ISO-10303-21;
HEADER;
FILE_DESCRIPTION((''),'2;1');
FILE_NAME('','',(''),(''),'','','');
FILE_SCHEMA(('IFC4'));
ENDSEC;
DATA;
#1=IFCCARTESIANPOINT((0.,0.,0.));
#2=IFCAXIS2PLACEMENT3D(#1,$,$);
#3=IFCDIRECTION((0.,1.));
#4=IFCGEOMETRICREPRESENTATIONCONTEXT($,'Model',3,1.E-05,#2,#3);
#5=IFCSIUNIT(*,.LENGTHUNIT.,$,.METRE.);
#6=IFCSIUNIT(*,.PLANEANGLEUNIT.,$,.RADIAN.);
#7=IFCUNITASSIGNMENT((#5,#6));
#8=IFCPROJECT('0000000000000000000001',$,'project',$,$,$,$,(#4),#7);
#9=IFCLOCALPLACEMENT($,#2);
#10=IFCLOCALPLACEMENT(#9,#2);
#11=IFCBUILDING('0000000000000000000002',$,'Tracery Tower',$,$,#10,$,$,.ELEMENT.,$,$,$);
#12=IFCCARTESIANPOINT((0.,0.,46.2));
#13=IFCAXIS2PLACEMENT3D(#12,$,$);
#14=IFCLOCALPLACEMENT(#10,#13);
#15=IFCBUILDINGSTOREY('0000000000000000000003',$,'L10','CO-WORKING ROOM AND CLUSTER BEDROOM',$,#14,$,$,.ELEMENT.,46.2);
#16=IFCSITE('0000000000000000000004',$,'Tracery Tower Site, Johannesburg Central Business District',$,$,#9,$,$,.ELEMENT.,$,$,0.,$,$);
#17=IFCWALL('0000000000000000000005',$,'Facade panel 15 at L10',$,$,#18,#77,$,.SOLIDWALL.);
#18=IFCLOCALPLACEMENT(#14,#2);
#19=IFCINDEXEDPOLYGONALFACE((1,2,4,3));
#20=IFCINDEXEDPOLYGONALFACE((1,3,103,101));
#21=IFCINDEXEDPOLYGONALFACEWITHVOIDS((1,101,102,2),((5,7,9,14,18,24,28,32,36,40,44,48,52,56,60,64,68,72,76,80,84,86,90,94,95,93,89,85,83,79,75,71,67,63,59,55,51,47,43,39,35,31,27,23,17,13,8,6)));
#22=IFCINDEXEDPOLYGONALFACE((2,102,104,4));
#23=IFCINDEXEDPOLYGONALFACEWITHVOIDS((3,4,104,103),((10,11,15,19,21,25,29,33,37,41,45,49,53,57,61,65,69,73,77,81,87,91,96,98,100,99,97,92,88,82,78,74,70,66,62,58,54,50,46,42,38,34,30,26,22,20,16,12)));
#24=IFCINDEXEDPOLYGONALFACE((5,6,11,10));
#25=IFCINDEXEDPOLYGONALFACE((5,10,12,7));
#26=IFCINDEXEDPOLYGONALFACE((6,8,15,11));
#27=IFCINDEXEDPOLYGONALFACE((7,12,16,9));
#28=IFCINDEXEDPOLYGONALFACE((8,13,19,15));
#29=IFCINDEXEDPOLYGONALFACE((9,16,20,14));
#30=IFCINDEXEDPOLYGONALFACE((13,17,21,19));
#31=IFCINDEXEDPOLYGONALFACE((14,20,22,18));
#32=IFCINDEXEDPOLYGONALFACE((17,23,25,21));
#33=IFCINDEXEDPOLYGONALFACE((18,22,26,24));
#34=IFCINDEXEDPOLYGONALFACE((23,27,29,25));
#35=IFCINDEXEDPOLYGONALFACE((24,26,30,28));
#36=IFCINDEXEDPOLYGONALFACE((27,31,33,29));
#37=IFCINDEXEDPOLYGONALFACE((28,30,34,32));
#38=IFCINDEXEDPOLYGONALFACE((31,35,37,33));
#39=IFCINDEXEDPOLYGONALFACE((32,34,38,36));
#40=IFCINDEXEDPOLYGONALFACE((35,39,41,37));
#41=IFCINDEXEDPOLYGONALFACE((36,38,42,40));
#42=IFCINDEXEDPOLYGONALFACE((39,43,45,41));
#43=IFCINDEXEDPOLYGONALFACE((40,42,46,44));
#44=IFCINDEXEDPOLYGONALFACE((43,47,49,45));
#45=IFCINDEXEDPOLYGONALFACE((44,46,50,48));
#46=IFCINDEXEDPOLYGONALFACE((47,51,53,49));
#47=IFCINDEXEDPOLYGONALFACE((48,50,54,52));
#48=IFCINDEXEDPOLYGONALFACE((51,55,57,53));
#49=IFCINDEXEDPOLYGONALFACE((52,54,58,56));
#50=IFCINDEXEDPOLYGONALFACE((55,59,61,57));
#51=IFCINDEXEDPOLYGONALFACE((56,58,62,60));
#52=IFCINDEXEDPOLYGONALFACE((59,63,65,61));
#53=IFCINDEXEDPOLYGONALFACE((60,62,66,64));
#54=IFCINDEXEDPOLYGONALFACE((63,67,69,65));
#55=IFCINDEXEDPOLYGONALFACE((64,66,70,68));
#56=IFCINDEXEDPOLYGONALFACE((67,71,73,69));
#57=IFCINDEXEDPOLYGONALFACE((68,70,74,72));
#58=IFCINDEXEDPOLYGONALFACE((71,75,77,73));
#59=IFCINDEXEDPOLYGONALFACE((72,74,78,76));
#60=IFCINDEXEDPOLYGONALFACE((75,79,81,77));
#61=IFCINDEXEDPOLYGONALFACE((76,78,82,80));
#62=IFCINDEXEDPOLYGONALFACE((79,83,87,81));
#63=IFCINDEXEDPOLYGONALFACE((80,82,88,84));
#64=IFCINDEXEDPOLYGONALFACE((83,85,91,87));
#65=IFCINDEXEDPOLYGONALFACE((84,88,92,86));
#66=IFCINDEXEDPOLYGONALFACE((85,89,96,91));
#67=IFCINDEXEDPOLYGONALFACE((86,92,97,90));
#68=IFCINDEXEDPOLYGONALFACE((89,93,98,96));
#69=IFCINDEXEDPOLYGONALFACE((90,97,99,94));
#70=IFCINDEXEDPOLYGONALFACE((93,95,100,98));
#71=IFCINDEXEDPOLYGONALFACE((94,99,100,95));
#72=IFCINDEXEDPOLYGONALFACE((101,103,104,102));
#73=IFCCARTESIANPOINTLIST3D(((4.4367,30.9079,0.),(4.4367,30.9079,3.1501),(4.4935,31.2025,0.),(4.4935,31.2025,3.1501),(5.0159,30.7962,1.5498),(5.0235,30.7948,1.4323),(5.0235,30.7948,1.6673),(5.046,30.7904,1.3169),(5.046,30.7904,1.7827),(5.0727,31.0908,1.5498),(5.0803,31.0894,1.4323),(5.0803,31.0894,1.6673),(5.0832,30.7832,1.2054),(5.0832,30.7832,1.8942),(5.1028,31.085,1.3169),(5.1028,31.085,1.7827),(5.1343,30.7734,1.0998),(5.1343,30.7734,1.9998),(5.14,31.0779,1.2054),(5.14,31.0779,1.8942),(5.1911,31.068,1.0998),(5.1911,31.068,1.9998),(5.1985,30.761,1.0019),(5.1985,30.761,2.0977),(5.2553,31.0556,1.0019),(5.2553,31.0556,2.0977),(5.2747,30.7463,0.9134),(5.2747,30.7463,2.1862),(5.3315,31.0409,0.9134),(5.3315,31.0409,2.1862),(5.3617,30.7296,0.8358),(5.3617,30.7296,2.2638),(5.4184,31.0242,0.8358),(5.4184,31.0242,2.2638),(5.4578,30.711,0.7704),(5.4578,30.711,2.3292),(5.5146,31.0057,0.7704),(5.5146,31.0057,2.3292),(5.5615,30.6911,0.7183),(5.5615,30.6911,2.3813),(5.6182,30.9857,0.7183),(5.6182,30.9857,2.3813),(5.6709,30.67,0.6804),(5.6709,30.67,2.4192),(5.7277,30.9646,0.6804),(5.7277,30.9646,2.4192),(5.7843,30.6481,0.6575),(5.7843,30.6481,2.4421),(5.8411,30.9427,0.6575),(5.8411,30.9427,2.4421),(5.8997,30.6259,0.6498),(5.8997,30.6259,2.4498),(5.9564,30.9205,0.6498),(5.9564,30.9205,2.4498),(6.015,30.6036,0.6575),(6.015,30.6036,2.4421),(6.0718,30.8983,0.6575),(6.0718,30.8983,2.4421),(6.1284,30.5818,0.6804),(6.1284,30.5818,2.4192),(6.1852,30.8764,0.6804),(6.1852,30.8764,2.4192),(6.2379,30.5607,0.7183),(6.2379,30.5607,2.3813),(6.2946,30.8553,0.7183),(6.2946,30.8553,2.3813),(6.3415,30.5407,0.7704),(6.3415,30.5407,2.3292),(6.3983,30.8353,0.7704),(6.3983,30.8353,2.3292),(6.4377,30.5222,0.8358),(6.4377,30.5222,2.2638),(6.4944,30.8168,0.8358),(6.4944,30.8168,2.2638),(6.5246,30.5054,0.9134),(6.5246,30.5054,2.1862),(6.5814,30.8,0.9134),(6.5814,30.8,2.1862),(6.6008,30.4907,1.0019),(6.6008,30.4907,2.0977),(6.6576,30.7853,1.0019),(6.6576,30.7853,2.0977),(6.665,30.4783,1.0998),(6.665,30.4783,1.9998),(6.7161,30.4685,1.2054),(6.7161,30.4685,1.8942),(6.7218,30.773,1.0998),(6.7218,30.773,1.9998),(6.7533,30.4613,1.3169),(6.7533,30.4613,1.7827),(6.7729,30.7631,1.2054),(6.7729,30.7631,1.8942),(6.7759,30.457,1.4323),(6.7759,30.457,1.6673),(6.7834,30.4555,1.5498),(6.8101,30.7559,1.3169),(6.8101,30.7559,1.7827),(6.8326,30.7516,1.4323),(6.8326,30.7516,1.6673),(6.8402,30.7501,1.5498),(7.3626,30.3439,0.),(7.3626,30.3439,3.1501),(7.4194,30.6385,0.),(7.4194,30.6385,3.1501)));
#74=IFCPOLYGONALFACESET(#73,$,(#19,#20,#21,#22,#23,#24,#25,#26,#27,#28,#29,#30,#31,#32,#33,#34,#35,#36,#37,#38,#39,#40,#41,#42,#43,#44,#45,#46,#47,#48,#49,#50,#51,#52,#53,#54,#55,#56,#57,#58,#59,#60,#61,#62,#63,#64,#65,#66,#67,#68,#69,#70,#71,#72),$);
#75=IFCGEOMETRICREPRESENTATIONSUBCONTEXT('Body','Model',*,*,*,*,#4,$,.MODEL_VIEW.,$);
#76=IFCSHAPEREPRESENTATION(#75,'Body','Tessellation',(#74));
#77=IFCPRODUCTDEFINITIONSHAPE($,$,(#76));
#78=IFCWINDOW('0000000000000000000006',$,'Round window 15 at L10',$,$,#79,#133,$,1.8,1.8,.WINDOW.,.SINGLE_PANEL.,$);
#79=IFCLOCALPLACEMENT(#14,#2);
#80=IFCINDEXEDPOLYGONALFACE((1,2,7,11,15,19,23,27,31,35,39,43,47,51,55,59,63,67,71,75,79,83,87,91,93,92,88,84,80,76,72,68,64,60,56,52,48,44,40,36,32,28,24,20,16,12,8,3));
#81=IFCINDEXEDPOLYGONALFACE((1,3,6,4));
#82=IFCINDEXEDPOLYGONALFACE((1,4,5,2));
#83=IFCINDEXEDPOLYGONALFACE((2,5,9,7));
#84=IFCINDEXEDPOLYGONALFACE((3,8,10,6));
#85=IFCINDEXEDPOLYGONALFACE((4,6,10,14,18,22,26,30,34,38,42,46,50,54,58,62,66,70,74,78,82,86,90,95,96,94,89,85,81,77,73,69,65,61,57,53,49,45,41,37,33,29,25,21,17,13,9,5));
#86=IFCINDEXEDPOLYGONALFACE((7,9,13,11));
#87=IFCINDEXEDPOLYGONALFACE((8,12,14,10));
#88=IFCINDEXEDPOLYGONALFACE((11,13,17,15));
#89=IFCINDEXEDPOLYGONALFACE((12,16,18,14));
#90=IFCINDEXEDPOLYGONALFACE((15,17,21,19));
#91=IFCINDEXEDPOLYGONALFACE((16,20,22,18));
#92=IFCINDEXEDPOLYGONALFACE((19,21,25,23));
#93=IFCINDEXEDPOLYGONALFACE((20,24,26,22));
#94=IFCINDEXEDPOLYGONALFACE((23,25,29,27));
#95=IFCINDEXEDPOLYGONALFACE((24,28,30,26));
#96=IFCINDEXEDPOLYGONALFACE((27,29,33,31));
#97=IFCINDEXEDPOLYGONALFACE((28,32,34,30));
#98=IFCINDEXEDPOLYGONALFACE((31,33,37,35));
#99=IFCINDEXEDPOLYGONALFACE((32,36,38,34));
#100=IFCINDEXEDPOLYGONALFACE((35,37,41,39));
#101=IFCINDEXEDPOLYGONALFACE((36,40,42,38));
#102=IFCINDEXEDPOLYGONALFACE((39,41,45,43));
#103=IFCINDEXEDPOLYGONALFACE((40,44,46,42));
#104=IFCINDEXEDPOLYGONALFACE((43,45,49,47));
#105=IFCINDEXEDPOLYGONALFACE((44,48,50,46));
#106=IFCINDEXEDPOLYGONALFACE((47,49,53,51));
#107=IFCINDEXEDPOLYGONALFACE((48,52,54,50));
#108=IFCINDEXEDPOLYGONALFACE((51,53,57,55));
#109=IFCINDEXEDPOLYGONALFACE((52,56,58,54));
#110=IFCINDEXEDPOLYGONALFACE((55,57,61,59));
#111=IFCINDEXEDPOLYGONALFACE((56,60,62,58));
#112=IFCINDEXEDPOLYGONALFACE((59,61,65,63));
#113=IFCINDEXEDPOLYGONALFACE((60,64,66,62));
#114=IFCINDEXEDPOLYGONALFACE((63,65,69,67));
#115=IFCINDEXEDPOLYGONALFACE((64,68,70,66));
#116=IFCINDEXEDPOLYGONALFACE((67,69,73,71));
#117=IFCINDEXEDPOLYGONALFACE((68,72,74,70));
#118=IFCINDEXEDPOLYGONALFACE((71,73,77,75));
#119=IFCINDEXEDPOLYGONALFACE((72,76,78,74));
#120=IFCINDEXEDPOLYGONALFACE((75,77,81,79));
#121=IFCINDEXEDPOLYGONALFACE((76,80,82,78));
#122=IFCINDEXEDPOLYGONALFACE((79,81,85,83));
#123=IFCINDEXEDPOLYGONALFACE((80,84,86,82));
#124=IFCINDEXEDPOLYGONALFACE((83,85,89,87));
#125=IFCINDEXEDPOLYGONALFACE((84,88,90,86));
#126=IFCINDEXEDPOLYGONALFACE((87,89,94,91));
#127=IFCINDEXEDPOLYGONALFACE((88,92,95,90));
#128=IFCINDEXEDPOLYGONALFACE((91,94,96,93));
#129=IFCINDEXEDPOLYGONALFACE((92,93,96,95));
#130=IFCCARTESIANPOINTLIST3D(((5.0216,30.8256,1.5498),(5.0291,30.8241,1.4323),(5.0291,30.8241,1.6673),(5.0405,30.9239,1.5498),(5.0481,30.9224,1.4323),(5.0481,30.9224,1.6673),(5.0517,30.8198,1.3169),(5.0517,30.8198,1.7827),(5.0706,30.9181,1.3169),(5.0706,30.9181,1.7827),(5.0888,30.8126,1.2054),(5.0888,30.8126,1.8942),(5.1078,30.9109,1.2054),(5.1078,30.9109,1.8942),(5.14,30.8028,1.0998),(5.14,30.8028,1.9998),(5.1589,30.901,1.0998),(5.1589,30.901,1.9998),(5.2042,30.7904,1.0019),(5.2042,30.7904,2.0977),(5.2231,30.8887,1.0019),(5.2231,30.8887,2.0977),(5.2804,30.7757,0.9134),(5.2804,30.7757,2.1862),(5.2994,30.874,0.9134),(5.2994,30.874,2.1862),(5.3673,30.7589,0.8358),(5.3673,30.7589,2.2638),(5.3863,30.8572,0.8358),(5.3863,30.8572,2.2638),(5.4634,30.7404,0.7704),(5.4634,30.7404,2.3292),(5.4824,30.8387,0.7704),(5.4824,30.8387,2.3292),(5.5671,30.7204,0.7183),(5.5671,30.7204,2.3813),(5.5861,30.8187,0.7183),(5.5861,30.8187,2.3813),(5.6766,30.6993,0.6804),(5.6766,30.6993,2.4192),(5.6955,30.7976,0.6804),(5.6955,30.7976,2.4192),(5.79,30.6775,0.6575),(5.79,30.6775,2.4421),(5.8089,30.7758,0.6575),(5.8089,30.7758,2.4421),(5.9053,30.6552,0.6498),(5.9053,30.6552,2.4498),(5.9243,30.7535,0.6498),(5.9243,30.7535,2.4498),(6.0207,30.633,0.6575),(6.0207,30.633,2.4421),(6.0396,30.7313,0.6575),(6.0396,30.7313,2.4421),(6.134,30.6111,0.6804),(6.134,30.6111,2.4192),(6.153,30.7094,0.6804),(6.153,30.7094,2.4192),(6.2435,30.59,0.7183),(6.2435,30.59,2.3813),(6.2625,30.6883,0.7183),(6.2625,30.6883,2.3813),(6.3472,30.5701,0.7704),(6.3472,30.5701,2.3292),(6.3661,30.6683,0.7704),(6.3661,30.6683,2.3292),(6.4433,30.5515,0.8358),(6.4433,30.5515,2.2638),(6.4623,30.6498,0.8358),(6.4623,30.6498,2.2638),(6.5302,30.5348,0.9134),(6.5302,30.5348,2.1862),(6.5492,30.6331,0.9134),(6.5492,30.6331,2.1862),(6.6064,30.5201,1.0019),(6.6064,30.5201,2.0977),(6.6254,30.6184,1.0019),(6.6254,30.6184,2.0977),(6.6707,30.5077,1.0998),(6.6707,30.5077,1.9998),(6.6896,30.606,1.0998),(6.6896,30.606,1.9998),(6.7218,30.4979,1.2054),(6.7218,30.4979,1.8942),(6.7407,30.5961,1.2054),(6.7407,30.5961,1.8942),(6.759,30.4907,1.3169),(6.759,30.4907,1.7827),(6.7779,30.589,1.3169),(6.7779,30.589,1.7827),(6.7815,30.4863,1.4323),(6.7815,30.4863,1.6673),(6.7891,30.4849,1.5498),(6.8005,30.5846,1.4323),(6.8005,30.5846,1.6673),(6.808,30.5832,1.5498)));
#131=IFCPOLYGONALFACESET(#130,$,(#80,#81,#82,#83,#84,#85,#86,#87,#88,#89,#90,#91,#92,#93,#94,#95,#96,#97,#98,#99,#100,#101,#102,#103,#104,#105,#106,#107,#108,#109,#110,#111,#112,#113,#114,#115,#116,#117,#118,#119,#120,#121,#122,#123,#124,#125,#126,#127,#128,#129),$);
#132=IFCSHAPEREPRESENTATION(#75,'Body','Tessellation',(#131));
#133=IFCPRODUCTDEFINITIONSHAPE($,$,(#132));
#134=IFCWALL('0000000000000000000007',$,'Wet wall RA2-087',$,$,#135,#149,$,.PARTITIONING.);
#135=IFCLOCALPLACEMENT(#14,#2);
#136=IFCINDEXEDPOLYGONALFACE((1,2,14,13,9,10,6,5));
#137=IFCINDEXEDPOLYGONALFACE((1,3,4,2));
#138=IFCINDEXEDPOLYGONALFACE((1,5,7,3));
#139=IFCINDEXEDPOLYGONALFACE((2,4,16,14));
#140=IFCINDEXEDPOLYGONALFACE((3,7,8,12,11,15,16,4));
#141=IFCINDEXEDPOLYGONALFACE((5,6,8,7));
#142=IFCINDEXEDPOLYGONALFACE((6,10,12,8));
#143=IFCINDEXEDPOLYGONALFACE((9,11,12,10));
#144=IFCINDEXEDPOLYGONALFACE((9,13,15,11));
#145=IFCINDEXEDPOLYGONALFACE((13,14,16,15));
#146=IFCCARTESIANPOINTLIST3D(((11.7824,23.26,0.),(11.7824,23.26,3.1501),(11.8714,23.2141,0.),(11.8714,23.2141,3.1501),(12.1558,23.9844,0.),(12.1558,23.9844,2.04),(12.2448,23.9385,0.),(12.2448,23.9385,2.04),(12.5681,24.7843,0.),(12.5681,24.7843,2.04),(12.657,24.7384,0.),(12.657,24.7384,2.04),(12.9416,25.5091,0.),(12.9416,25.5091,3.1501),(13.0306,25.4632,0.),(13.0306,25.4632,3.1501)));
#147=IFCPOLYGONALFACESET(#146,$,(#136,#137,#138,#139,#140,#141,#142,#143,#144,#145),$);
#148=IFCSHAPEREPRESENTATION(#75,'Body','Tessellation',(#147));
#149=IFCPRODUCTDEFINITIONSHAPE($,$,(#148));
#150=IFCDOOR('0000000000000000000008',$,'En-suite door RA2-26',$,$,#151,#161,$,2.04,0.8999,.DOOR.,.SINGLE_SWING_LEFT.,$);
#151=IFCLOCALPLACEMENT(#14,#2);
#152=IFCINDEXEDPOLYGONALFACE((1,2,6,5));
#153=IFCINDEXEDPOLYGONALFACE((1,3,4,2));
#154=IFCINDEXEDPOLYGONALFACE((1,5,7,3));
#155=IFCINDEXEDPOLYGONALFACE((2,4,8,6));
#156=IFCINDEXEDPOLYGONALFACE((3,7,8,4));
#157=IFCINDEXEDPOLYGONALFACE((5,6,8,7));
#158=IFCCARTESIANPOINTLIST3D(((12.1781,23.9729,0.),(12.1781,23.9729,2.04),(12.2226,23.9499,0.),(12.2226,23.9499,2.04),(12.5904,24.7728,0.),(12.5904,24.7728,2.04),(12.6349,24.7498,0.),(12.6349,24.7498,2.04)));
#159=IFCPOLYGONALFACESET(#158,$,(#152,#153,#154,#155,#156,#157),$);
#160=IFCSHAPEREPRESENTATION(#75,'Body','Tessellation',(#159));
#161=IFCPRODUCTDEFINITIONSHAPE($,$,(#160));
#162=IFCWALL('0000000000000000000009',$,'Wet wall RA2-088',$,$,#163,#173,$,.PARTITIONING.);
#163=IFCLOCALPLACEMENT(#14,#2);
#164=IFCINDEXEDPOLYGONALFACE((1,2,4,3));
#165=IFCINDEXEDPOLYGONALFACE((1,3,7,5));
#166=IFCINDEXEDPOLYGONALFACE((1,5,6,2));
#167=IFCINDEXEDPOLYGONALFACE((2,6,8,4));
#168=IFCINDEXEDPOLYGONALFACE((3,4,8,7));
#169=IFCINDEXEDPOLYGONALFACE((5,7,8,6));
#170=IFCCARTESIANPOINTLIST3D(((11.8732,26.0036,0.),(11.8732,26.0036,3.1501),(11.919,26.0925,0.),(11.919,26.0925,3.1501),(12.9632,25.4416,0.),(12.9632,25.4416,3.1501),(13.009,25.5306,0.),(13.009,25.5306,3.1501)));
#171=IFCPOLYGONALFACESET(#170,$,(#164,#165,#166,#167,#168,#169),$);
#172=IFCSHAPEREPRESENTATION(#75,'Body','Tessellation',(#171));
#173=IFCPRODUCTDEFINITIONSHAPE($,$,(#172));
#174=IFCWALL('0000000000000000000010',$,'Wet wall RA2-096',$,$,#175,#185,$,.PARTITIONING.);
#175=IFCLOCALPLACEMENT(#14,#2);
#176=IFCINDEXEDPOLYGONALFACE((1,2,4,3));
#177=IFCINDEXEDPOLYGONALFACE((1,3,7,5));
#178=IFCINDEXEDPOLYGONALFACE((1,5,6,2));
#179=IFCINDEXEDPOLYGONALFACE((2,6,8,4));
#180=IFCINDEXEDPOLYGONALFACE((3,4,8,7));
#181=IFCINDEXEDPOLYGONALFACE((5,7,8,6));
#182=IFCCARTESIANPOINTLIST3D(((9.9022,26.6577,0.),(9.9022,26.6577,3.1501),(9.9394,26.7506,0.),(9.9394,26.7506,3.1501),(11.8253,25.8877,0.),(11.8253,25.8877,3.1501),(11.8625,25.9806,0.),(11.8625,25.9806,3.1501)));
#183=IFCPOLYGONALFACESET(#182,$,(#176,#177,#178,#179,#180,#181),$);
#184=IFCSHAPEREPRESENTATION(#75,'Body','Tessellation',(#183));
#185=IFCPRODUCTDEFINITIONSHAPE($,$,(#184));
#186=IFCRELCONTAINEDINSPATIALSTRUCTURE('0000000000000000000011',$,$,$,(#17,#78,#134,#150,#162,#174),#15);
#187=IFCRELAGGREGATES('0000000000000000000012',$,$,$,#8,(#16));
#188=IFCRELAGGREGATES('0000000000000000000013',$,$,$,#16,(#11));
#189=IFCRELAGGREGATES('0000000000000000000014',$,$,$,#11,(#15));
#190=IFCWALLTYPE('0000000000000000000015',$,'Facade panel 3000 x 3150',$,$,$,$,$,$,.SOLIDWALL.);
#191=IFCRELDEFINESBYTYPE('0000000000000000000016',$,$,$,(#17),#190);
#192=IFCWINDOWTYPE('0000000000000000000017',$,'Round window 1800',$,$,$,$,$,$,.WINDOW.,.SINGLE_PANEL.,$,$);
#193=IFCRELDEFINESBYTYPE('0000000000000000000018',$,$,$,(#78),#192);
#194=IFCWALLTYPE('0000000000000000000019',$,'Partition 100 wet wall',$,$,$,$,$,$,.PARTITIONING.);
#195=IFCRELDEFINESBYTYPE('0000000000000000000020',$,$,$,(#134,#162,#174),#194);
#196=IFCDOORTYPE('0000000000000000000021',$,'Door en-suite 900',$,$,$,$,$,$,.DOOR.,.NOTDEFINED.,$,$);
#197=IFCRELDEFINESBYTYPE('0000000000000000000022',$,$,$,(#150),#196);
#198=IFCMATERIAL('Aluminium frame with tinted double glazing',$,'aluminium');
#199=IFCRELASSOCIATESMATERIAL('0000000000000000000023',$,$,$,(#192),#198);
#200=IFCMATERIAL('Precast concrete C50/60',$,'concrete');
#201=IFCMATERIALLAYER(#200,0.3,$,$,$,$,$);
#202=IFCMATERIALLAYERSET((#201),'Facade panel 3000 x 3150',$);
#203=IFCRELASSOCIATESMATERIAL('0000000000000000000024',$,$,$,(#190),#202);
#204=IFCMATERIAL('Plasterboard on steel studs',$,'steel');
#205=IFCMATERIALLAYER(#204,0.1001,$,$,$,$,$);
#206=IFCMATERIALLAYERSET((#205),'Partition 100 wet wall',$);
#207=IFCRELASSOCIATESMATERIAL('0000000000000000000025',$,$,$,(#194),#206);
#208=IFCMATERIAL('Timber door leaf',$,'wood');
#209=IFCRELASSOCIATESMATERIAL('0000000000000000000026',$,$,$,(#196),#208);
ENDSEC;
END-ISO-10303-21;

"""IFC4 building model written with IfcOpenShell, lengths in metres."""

from ifc_helpers import new_model, si_unit, direction, frame, frame_2d, origin, origin_2d, place, context, subcontext, project, spatial, rectangle, circle, extrude, material, layer, layer_set, type_object, element, fill, save


model = new_model("IFC4")

# Units and contexts
model_context = context("Model", 3, precision=1e-05, world=origin(), true_north=direction((0.0, 1.0)))
body_context = subcontext(model_context, "Body", "Model", "MODEL_VIEW")
ifc_project = project(units=[si_unit("LENGTHUNIT", "METRE"), si_unit("PLANEANGLEUNIT", "RADIAN")], contexts=[model_context])

# Site, building, storey
site_placement = place(None, origin())
site = spatial("IfcSite", under=ifc_project, at=site_placement, Name="Tracery Tower Site, Johannesburg Central Business District", CompositionType="ELEMENT", RefElevation=0.0)
building_placement = place(site_placement, origin())
building = spatial("IfcBuilding", under=site, at=building_placement, Name="Tracery Tower", CompositionType="ELEMENT")
storey_placement = place(building_placement, frame((0.0, 0.0, 46.2)))
storey = spatial("IfcBuildingStorey", under=building, at=storey_placement, Name="L10", Description="CO-WORKING ROOM AND CLUSTER BEDROOM", CompositionType="ELEMENT", Elevation=46.2)

# Wall, opening, window
ifc_material_1 = material(Name="Aluminium frame with tinted double glazing", Category="aluminium")
window_type = type_object("IfcWindowType", Name="Round window 1800", PartitioningType="SINGLE_PANEL", PredefinedType="WINDOW", material=ifc_material_1)
ifc_material_2 = material(Name="Precast concrete C50/60", Category="concrete")
ifc_layer_1 = layer(ifc_material_2, 0.3)
ifc_layer_set_1 = layer_set([ifc_layer_1], Name="Facade panel 3000 x 3150")
wall_type_1 = type_object("IfcWallType", Name="Facade panel 3000 x 3150", PredefinedType="SOLIDWALL", material=ifc_layer_set_1)
wall_1_placement = place(storey_placement, frame((7.3909, 30.4912, 0.0), z_axis=(0.0, 0.0, 1.0), x_axis=(-0.981925, 0.189273, 0.0)))
wall_1 = element("IfcWall", 1, at=wall_1_placement, inside=storey, type_object=wall_type_1, Name="Facade panel 15 at L10", PredefinedType="SOLIDWALL", context=body_context, shape_type="SweptSolid", body=[
    extrude(rectangle(XDim=2.9797, YDim=0.3, at=frame_2d((1.4897, 0.0))), origin(), (0.0, 0.0, 1.0), 3.1501),
])
opening_1_placement = place(wall_1_placement, frame((1.4897, 0.0, 1.5498)))
opening_1 = element("IfcOpeningElement", 2, at=opening_1_placement, cuts=wall_1, PredefinedType="OPENING", context=body_context, shape_type="SweptSolid", body=[
    extrude(circle(Radius=0.9, at=origin_2d()), frame((0.0, 0.1599, 0.0), z_axis=(0.0, -1.0, 0.0), x_axis=(1.0, 0.0, 0.0)), (0.0, 0.0, 1.0), 0.3201),
])
window_1_placement = place(opening_1_placement, origin())
window_1 = element("IfcWindow", 3, at=window_1_placement, inside=storey, type_object=window_type, Name="Round window 15 at L10", OverallHeight=1.8, OverallWidth=1.8, PartitioningType="SINGLE_PANEL", PredefinedType="WINDOW", context=body_context, shape_type="SweptSolid", body=[
    extrude(circle(Radius=0.9, at=origin_2d()), frame((0.0, 0.1201, 0.0), z_axis=(0.0, -1.0, 0.0), x_axis=(1.0, 0.0, 0.0)), (0.0, 0.0, 1.0), 0.1001),
])
fill(opening_1, window_1)

# Wall, opening, door
ifc_material_3 = material(Name="Plasterboard on steel studs", Category="steel")
ifc_layer_2 = layer(ifc_material_3, 0.1001)
ifc_layer_set_2 = layer_set([ifc_layer_2], Name="Partition 100 wet wall")
wall_type_2 = type_object("IfcWallType", Name="Partition 100 wet wall", PredefinedType="PARTITIONING", material=ifc_layer_set_2)
wall_2_placement = place(storey_placement, frame((11.8269, 23.2371, 0.0), z_axis=(0.0, 0.0, 1.0), x_axis=(0.458141, 0.888879, 0.0)))
wall_2 = element("IfcWall", 4, at=wall_2_placement, inside=storey, type_object=wall_type_2, Name="Wet wall RA2-087", PredefinedType="PARTITIONING", context=body_context, shape_type="SweptSolid", body=[
    extrude(rectangle(XDim=2.5303, YDim=0.1001, at=frame_2d((1.2651, 0.0))), origin(), (0.0, 0.0, 1.0), 3.1501),
])
opening_2_placement = place(wall_2_placement, frame((0.8149, 0.0, 0.0)))
opening_2 = element("IfcOpeningElement", 5, at=opening_2_placement, cuts=wall_2, PredefinedType="OPENING", context=body_context, shape_type="SweptSolid", body=[
    extrude(rectangle(XDim=0.8999, YDim=2.04, at=frame_2d((0.45, 1.02))), frame((0.0, 0.05, 0.0), z_axis=(0.0, -1.0, 0.0), x_axis=(1.0, 0.0, 0.0)), (0.0, 0.0, 1.0), 0.1001),
])
ifc_material_4 = material(Name="Timber door leaf", Category="wood")
door_type_1 = type_object("IfcDoorType", Name="Door en-suite 900", OperationType="NOTDEFINED", PredefinedType="DOOR", material=ifc_material_4)
door_1_placement = place(opening_2_placement, origin())
door_1 = element("IfcDoor", 6, at=door_1_placement, inside=storey, type_object=door_type_1, Name="En-suite door RA2-26", OperationType="SINGLE_SWING_LEFT", OverallHeight=2.04, OverallWidth=0.8999, PredefinedType="DOOR", context=body_context, shape_type="SweptSolid", body=[
    extrude(rectangle(XDim=0.8999, YDim=2.04, at=frame_2d((0.45, 1.02))), frame((0.0, 0.0249, 0.0), z_axis=(0.0, -1.0, 0.0), x_axis=(1.0, 0.0, 0.0)), (0.0, 0.0, 1.0), 0.05),
])
fill(opening_2, door_1)

# Walls
wall_3_placement = place(storey_placement, frame((11.896, 26.0481, 0.0), z_axis=(0.0, 0.0, 1.0), x_axis=(0.888825, -0.458247, 0.0)))
element("IfcWall", 7, at=wall_3_placement, inside=storey, type_object=wall_type_2, Name="Wet wall RA2-088", PredefinedType="PARTITIONING", context=body_context, shape_type="SweptSolid", body=[
    extrude(rectangle(XDim=1.2263, YDim=0.1001, at=frame_2d((0.6133, 0.0))), origin(), (0.0, 0.0, 1.0), 3.1501),
])
wall_4_placement = place(storey_placement, frame((9.9209, 26.7041, 0.0), z_axis=(0.0, 0.0, 1.0), x_axis=(0.928347, -0.371716, 0.0)))
element("IfcWall", 8, at=wall_4_placement, inside=storey, type_object=wall_type_2, Name="Wet wall RA2-096", PredefinedType="PARTITIONING", context=body_context, shape_type="SweptSolid", body=[
    extrude(rectangle(XDim=2.0715, YDim=0.1001, at=frame_2d((1.0356, 0.0))), origin(), (0.0, 0.0, 1.0), 3.1501),
])

save(model, "model.ifc")
